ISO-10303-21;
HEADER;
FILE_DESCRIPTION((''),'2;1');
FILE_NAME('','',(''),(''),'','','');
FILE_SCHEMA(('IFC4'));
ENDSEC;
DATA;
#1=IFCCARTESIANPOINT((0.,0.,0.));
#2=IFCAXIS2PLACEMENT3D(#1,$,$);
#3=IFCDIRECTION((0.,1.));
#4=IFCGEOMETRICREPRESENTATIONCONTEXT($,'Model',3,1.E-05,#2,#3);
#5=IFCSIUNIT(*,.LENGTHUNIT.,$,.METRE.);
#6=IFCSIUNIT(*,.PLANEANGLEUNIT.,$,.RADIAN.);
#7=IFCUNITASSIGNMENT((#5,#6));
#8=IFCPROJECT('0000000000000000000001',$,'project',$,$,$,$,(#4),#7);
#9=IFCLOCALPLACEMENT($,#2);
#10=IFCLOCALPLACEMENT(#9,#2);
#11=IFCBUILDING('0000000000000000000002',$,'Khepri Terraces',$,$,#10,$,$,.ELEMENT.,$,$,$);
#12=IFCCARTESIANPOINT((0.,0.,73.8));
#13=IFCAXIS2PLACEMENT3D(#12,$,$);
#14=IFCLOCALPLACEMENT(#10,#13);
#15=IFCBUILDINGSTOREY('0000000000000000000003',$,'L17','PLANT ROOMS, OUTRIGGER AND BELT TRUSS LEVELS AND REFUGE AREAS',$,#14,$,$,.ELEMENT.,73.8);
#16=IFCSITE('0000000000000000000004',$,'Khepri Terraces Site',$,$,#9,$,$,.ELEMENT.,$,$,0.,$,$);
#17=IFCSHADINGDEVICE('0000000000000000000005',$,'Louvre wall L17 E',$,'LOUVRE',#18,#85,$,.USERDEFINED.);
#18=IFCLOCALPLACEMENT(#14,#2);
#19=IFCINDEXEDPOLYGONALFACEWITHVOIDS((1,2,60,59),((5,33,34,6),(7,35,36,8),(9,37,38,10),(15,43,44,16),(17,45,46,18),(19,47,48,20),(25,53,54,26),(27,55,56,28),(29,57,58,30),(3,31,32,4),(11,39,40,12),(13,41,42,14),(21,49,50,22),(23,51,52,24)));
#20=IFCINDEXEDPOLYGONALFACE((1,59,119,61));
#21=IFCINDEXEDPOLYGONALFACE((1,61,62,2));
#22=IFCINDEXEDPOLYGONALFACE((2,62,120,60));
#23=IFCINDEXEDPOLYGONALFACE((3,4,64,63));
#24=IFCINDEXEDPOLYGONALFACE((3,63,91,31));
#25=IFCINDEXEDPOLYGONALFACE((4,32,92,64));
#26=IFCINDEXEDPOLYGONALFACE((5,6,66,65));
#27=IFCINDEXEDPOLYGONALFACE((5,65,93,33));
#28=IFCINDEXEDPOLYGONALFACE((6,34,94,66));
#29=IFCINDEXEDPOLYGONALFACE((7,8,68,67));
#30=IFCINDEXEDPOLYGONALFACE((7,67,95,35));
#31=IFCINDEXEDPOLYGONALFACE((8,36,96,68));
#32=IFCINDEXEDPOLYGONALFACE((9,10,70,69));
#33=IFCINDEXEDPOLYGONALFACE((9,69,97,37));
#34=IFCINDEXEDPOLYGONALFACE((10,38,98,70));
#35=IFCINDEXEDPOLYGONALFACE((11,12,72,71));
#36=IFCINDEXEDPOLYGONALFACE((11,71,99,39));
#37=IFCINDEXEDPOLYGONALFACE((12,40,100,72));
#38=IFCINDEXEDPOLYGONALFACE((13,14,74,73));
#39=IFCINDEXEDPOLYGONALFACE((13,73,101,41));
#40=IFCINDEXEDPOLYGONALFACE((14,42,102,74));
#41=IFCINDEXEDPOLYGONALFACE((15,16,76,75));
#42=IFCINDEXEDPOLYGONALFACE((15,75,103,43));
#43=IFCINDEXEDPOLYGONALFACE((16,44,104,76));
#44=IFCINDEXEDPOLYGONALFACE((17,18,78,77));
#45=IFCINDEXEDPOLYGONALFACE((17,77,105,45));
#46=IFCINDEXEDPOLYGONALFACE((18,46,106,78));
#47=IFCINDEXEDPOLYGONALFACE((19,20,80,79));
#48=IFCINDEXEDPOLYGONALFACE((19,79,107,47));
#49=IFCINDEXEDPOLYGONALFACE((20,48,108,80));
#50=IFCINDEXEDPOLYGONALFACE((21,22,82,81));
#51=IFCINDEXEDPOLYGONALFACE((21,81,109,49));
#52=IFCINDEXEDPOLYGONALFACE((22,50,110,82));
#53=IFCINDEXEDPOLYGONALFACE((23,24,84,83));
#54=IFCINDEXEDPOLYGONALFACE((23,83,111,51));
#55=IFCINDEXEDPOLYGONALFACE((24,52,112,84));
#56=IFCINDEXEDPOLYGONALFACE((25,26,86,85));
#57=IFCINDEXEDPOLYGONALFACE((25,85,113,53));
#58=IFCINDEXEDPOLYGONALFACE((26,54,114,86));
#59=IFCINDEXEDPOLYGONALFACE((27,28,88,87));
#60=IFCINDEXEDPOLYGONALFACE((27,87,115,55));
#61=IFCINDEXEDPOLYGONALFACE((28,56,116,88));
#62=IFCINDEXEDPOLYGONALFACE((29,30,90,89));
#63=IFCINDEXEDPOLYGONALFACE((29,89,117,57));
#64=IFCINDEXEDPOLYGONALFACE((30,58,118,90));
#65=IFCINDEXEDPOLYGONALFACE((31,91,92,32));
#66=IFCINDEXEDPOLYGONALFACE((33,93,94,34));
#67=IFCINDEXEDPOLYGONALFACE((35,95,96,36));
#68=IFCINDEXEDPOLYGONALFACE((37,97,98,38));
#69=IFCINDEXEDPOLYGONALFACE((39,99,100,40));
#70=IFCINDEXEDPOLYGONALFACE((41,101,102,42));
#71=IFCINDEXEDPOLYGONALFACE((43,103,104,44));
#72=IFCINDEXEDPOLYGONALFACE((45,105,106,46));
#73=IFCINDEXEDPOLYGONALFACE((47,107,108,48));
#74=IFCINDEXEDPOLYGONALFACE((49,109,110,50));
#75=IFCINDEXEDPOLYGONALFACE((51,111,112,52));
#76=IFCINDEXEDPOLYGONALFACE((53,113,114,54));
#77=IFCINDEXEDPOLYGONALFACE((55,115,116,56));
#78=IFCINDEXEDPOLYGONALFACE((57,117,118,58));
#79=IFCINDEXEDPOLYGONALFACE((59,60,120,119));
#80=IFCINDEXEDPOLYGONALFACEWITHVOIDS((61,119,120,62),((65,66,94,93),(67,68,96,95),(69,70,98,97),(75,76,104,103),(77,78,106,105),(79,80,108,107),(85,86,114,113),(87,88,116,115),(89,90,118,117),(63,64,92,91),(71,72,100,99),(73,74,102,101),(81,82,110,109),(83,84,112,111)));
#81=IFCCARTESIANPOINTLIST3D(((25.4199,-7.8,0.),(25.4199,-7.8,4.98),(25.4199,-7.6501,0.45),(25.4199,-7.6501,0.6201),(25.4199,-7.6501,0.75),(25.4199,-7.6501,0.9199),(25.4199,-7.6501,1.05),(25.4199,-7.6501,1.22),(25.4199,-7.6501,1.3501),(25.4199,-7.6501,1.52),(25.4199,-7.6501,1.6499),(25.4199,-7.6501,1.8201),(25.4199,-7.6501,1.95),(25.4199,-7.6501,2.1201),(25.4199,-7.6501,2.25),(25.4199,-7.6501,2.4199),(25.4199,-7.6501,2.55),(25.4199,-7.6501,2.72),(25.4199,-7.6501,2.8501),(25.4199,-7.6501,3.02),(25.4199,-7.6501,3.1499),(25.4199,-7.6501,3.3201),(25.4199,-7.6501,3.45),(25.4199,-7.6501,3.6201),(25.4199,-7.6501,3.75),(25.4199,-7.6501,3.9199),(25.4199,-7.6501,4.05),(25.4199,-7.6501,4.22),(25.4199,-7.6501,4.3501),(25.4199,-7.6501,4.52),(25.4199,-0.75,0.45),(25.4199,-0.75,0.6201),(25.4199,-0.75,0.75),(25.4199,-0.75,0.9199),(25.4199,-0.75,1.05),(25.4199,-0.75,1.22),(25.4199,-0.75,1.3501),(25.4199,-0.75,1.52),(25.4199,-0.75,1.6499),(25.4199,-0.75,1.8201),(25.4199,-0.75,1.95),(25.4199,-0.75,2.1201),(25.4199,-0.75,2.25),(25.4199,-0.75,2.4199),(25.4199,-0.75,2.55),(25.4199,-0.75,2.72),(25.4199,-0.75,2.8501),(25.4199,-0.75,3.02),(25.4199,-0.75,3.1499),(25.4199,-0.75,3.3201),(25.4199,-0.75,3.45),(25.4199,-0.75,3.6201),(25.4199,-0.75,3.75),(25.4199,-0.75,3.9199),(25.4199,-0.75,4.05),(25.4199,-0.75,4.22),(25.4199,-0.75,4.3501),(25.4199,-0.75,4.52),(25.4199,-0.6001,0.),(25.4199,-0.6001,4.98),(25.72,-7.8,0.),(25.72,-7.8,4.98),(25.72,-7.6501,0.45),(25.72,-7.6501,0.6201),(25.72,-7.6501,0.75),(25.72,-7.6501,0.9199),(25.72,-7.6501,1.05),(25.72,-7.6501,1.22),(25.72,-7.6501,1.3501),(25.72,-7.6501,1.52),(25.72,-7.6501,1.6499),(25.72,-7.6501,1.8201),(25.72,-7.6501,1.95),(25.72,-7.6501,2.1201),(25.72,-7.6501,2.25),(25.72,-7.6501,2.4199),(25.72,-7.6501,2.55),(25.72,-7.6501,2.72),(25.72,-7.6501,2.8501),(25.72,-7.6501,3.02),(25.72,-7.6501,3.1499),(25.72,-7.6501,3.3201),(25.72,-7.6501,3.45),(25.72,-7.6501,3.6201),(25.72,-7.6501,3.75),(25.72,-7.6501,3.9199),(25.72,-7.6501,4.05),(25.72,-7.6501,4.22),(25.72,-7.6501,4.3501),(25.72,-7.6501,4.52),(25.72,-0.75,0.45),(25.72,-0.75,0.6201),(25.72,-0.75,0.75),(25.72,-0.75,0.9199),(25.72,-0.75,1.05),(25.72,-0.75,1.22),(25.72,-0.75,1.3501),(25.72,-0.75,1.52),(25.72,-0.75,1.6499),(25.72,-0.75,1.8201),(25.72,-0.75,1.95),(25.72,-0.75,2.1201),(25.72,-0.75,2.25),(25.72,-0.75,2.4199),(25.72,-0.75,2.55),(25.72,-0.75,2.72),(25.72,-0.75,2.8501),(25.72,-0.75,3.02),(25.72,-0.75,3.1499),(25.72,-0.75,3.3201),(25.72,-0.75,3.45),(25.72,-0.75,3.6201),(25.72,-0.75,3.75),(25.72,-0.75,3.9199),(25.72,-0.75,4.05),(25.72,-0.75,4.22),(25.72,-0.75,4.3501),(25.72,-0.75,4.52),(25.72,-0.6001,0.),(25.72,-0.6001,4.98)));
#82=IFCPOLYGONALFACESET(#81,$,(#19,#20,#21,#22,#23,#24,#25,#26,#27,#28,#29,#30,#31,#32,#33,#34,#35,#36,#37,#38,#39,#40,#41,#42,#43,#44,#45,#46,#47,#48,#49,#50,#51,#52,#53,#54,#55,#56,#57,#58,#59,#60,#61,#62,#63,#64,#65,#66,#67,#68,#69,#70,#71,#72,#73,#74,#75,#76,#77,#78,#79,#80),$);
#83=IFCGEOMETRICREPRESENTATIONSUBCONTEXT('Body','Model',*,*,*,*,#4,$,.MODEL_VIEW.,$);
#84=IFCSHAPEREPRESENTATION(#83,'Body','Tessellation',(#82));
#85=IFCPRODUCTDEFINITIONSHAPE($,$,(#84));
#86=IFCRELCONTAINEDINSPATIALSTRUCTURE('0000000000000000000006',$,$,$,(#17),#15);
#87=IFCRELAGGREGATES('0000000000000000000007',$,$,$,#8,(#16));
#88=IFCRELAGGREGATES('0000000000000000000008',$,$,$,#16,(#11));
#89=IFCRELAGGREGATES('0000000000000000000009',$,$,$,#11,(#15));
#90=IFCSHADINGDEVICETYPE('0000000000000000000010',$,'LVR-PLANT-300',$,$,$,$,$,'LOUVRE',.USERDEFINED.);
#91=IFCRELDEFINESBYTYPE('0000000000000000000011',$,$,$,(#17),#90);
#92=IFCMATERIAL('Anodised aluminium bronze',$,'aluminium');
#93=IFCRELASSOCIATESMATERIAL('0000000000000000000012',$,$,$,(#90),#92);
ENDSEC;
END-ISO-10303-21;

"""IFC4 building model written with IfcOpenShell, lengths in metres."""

from ifc_helpers import new_model, si_unit, direction, frame, origin, place, context, subcontext, project, spatial, polyline, outline, extrude, material, type_object, element, save


model = new_model("IFC4")

# Units and contexts
model_context = context("Model", 3, precision=1e-05, world=origin(), true_north=direction((0.0, 1.0)))
body_context = subcontext(model_context, "Body", "Model", "MODEL_VIEW")
ifc_project = project(units=[si_unit("LENGTHUNIT", "METRE"), si_unit("PLANEANGLEUNIT", "RADIAN")], contexts=[model_context])

# Site, building, storey
site_placement = place(None, origin())
site = spatial("IfcSite", under=ifc_project, at=site_placement, Name="Khepri Terraces Site", CompositionType="ELEMENT", RefElevation=0.0)
building_placement = place(site_placement, origin())
building = spatial("IfcBuilding", under=site, at=building_placement, Name="Khepri Terraces", CompositionType="ELEMENT")
storey_placement = place(building_placement, frame((0.0, 0.0, 73.8)))
storey = spatial("IfcBuildingStorey", under=building, at=storey_placement, Name="L17", Description="PLANT ROOMS, OUTRIGGER AND BELT TRUSS LEVELS AND REFUGE AREAS", CompositionType="ELEMENT", Elevation=73.8)

# Shading device
ifc_material_1 = material(Name="Anodised aluminium bronze", Category="aluminium")
shading_device_type = type_object("IfcShadingDeviceType", Name="LVR-PLANT-300", ElementType="LOUVRE", PredefinedType="USERDEFINED", material=ifc_material_1)
shading_device_1_placement = place(storey_placement, frame((25.4199, -7.8, 0.0), z_axis=(1.0, 0.0, 0.0), x_axis=(0.0, 1.0, 0.0)))
element("IfcShadingDevice", 1, at=shading_device_1_placement, inside=storey, type_object=shading_device_type, Name="Louvre wall L17 E", ObjectType="LOUVRE", PredefinedType="USERDEFINED", context=body_context, shape_type="SweptSolid", body=[
    extrude(outline(polyline([(0.0, 0.0), (7.2, 0.0), (7.2, 4.98), (0.0, 4.98), (0.0, 0.0)]), holes=[polyline([(0.1499, 0.45), (7.05, 0.45), (7.05, 0.6201), (0.1499, 0.6201), (0.1499, 0.45)]), polyline([(0.1499, 0.75), (7.05, 0.75), (7.05, 0.9199), (0.1499, 0.9199), (0.1499, 0.75)]), polyline([(0.1499, 1.05), (7.05, 1.05), (7.05, 1.22), (0.1499, 1.22), (0.1499, 1.05)]), polyline([(0.1499, 1.3501), (7.05, 1.3501), (7.05, 1.52), (0.1499, 1.52), (0.1499, 1.3501)]), polyline([(0.1499, 1.6499), (7.05, 1.6499), (7.05, 1.8201), (0.1499, 1.8201), (0.1499, 1.6499)]), polyline([(0.1499, 1.95), (7.05, 1.95), (7.05, 2.1201), (0.1499, 2.1201), (0.1499, 1.95)]), polyline([(0.1499, 2.25), (7.05, 2.25), (7.05, 2.4199), (0.1499, 2.4199), (0.1499, 2.25)]), polyline([(0.1499, 2.55), (7.05, 2.55), (7.05, 2.72), (0.1499, 2.72), (0.1499, 2.55)]), polyline([(0.1499, 2.8501), (7.05, 2.8501), (7.05, 3.02), (0.1499, 3.02), (0.1499, 2.8501)]), polyline([(0.1499, 3.1499), (7.05, 3.1499), (7.05, 3.3201), (0.1499, 3.3201), (0.1499, 3.1499)]), polyline([(0.1499, 3.45), (7.05, 3.45), (7.05, 3.6201), (0.1499, 3.6201), (0.1499, 3.45)]), polyline([(0.1499, 3.75), (7.05, 3.75), (7.05, 3.9199), (0.1499, 3.9199), (0.1499, 3.75)]), polyline([(0.1499, 4.05), (7.05, 4.05), (7.05, 4.22), (0.1499, 4.22), (0.1499, 4.05)]), polyline([(0.1499, 4.3501), (7.05, 4.3501), (7.05, 4.52), (0.1499, 4.52), (0.1499, 4.3501)])]), origin(), (0.0, 0.0, 1.0), 0.3),
])

save(model, "model.ifc")
